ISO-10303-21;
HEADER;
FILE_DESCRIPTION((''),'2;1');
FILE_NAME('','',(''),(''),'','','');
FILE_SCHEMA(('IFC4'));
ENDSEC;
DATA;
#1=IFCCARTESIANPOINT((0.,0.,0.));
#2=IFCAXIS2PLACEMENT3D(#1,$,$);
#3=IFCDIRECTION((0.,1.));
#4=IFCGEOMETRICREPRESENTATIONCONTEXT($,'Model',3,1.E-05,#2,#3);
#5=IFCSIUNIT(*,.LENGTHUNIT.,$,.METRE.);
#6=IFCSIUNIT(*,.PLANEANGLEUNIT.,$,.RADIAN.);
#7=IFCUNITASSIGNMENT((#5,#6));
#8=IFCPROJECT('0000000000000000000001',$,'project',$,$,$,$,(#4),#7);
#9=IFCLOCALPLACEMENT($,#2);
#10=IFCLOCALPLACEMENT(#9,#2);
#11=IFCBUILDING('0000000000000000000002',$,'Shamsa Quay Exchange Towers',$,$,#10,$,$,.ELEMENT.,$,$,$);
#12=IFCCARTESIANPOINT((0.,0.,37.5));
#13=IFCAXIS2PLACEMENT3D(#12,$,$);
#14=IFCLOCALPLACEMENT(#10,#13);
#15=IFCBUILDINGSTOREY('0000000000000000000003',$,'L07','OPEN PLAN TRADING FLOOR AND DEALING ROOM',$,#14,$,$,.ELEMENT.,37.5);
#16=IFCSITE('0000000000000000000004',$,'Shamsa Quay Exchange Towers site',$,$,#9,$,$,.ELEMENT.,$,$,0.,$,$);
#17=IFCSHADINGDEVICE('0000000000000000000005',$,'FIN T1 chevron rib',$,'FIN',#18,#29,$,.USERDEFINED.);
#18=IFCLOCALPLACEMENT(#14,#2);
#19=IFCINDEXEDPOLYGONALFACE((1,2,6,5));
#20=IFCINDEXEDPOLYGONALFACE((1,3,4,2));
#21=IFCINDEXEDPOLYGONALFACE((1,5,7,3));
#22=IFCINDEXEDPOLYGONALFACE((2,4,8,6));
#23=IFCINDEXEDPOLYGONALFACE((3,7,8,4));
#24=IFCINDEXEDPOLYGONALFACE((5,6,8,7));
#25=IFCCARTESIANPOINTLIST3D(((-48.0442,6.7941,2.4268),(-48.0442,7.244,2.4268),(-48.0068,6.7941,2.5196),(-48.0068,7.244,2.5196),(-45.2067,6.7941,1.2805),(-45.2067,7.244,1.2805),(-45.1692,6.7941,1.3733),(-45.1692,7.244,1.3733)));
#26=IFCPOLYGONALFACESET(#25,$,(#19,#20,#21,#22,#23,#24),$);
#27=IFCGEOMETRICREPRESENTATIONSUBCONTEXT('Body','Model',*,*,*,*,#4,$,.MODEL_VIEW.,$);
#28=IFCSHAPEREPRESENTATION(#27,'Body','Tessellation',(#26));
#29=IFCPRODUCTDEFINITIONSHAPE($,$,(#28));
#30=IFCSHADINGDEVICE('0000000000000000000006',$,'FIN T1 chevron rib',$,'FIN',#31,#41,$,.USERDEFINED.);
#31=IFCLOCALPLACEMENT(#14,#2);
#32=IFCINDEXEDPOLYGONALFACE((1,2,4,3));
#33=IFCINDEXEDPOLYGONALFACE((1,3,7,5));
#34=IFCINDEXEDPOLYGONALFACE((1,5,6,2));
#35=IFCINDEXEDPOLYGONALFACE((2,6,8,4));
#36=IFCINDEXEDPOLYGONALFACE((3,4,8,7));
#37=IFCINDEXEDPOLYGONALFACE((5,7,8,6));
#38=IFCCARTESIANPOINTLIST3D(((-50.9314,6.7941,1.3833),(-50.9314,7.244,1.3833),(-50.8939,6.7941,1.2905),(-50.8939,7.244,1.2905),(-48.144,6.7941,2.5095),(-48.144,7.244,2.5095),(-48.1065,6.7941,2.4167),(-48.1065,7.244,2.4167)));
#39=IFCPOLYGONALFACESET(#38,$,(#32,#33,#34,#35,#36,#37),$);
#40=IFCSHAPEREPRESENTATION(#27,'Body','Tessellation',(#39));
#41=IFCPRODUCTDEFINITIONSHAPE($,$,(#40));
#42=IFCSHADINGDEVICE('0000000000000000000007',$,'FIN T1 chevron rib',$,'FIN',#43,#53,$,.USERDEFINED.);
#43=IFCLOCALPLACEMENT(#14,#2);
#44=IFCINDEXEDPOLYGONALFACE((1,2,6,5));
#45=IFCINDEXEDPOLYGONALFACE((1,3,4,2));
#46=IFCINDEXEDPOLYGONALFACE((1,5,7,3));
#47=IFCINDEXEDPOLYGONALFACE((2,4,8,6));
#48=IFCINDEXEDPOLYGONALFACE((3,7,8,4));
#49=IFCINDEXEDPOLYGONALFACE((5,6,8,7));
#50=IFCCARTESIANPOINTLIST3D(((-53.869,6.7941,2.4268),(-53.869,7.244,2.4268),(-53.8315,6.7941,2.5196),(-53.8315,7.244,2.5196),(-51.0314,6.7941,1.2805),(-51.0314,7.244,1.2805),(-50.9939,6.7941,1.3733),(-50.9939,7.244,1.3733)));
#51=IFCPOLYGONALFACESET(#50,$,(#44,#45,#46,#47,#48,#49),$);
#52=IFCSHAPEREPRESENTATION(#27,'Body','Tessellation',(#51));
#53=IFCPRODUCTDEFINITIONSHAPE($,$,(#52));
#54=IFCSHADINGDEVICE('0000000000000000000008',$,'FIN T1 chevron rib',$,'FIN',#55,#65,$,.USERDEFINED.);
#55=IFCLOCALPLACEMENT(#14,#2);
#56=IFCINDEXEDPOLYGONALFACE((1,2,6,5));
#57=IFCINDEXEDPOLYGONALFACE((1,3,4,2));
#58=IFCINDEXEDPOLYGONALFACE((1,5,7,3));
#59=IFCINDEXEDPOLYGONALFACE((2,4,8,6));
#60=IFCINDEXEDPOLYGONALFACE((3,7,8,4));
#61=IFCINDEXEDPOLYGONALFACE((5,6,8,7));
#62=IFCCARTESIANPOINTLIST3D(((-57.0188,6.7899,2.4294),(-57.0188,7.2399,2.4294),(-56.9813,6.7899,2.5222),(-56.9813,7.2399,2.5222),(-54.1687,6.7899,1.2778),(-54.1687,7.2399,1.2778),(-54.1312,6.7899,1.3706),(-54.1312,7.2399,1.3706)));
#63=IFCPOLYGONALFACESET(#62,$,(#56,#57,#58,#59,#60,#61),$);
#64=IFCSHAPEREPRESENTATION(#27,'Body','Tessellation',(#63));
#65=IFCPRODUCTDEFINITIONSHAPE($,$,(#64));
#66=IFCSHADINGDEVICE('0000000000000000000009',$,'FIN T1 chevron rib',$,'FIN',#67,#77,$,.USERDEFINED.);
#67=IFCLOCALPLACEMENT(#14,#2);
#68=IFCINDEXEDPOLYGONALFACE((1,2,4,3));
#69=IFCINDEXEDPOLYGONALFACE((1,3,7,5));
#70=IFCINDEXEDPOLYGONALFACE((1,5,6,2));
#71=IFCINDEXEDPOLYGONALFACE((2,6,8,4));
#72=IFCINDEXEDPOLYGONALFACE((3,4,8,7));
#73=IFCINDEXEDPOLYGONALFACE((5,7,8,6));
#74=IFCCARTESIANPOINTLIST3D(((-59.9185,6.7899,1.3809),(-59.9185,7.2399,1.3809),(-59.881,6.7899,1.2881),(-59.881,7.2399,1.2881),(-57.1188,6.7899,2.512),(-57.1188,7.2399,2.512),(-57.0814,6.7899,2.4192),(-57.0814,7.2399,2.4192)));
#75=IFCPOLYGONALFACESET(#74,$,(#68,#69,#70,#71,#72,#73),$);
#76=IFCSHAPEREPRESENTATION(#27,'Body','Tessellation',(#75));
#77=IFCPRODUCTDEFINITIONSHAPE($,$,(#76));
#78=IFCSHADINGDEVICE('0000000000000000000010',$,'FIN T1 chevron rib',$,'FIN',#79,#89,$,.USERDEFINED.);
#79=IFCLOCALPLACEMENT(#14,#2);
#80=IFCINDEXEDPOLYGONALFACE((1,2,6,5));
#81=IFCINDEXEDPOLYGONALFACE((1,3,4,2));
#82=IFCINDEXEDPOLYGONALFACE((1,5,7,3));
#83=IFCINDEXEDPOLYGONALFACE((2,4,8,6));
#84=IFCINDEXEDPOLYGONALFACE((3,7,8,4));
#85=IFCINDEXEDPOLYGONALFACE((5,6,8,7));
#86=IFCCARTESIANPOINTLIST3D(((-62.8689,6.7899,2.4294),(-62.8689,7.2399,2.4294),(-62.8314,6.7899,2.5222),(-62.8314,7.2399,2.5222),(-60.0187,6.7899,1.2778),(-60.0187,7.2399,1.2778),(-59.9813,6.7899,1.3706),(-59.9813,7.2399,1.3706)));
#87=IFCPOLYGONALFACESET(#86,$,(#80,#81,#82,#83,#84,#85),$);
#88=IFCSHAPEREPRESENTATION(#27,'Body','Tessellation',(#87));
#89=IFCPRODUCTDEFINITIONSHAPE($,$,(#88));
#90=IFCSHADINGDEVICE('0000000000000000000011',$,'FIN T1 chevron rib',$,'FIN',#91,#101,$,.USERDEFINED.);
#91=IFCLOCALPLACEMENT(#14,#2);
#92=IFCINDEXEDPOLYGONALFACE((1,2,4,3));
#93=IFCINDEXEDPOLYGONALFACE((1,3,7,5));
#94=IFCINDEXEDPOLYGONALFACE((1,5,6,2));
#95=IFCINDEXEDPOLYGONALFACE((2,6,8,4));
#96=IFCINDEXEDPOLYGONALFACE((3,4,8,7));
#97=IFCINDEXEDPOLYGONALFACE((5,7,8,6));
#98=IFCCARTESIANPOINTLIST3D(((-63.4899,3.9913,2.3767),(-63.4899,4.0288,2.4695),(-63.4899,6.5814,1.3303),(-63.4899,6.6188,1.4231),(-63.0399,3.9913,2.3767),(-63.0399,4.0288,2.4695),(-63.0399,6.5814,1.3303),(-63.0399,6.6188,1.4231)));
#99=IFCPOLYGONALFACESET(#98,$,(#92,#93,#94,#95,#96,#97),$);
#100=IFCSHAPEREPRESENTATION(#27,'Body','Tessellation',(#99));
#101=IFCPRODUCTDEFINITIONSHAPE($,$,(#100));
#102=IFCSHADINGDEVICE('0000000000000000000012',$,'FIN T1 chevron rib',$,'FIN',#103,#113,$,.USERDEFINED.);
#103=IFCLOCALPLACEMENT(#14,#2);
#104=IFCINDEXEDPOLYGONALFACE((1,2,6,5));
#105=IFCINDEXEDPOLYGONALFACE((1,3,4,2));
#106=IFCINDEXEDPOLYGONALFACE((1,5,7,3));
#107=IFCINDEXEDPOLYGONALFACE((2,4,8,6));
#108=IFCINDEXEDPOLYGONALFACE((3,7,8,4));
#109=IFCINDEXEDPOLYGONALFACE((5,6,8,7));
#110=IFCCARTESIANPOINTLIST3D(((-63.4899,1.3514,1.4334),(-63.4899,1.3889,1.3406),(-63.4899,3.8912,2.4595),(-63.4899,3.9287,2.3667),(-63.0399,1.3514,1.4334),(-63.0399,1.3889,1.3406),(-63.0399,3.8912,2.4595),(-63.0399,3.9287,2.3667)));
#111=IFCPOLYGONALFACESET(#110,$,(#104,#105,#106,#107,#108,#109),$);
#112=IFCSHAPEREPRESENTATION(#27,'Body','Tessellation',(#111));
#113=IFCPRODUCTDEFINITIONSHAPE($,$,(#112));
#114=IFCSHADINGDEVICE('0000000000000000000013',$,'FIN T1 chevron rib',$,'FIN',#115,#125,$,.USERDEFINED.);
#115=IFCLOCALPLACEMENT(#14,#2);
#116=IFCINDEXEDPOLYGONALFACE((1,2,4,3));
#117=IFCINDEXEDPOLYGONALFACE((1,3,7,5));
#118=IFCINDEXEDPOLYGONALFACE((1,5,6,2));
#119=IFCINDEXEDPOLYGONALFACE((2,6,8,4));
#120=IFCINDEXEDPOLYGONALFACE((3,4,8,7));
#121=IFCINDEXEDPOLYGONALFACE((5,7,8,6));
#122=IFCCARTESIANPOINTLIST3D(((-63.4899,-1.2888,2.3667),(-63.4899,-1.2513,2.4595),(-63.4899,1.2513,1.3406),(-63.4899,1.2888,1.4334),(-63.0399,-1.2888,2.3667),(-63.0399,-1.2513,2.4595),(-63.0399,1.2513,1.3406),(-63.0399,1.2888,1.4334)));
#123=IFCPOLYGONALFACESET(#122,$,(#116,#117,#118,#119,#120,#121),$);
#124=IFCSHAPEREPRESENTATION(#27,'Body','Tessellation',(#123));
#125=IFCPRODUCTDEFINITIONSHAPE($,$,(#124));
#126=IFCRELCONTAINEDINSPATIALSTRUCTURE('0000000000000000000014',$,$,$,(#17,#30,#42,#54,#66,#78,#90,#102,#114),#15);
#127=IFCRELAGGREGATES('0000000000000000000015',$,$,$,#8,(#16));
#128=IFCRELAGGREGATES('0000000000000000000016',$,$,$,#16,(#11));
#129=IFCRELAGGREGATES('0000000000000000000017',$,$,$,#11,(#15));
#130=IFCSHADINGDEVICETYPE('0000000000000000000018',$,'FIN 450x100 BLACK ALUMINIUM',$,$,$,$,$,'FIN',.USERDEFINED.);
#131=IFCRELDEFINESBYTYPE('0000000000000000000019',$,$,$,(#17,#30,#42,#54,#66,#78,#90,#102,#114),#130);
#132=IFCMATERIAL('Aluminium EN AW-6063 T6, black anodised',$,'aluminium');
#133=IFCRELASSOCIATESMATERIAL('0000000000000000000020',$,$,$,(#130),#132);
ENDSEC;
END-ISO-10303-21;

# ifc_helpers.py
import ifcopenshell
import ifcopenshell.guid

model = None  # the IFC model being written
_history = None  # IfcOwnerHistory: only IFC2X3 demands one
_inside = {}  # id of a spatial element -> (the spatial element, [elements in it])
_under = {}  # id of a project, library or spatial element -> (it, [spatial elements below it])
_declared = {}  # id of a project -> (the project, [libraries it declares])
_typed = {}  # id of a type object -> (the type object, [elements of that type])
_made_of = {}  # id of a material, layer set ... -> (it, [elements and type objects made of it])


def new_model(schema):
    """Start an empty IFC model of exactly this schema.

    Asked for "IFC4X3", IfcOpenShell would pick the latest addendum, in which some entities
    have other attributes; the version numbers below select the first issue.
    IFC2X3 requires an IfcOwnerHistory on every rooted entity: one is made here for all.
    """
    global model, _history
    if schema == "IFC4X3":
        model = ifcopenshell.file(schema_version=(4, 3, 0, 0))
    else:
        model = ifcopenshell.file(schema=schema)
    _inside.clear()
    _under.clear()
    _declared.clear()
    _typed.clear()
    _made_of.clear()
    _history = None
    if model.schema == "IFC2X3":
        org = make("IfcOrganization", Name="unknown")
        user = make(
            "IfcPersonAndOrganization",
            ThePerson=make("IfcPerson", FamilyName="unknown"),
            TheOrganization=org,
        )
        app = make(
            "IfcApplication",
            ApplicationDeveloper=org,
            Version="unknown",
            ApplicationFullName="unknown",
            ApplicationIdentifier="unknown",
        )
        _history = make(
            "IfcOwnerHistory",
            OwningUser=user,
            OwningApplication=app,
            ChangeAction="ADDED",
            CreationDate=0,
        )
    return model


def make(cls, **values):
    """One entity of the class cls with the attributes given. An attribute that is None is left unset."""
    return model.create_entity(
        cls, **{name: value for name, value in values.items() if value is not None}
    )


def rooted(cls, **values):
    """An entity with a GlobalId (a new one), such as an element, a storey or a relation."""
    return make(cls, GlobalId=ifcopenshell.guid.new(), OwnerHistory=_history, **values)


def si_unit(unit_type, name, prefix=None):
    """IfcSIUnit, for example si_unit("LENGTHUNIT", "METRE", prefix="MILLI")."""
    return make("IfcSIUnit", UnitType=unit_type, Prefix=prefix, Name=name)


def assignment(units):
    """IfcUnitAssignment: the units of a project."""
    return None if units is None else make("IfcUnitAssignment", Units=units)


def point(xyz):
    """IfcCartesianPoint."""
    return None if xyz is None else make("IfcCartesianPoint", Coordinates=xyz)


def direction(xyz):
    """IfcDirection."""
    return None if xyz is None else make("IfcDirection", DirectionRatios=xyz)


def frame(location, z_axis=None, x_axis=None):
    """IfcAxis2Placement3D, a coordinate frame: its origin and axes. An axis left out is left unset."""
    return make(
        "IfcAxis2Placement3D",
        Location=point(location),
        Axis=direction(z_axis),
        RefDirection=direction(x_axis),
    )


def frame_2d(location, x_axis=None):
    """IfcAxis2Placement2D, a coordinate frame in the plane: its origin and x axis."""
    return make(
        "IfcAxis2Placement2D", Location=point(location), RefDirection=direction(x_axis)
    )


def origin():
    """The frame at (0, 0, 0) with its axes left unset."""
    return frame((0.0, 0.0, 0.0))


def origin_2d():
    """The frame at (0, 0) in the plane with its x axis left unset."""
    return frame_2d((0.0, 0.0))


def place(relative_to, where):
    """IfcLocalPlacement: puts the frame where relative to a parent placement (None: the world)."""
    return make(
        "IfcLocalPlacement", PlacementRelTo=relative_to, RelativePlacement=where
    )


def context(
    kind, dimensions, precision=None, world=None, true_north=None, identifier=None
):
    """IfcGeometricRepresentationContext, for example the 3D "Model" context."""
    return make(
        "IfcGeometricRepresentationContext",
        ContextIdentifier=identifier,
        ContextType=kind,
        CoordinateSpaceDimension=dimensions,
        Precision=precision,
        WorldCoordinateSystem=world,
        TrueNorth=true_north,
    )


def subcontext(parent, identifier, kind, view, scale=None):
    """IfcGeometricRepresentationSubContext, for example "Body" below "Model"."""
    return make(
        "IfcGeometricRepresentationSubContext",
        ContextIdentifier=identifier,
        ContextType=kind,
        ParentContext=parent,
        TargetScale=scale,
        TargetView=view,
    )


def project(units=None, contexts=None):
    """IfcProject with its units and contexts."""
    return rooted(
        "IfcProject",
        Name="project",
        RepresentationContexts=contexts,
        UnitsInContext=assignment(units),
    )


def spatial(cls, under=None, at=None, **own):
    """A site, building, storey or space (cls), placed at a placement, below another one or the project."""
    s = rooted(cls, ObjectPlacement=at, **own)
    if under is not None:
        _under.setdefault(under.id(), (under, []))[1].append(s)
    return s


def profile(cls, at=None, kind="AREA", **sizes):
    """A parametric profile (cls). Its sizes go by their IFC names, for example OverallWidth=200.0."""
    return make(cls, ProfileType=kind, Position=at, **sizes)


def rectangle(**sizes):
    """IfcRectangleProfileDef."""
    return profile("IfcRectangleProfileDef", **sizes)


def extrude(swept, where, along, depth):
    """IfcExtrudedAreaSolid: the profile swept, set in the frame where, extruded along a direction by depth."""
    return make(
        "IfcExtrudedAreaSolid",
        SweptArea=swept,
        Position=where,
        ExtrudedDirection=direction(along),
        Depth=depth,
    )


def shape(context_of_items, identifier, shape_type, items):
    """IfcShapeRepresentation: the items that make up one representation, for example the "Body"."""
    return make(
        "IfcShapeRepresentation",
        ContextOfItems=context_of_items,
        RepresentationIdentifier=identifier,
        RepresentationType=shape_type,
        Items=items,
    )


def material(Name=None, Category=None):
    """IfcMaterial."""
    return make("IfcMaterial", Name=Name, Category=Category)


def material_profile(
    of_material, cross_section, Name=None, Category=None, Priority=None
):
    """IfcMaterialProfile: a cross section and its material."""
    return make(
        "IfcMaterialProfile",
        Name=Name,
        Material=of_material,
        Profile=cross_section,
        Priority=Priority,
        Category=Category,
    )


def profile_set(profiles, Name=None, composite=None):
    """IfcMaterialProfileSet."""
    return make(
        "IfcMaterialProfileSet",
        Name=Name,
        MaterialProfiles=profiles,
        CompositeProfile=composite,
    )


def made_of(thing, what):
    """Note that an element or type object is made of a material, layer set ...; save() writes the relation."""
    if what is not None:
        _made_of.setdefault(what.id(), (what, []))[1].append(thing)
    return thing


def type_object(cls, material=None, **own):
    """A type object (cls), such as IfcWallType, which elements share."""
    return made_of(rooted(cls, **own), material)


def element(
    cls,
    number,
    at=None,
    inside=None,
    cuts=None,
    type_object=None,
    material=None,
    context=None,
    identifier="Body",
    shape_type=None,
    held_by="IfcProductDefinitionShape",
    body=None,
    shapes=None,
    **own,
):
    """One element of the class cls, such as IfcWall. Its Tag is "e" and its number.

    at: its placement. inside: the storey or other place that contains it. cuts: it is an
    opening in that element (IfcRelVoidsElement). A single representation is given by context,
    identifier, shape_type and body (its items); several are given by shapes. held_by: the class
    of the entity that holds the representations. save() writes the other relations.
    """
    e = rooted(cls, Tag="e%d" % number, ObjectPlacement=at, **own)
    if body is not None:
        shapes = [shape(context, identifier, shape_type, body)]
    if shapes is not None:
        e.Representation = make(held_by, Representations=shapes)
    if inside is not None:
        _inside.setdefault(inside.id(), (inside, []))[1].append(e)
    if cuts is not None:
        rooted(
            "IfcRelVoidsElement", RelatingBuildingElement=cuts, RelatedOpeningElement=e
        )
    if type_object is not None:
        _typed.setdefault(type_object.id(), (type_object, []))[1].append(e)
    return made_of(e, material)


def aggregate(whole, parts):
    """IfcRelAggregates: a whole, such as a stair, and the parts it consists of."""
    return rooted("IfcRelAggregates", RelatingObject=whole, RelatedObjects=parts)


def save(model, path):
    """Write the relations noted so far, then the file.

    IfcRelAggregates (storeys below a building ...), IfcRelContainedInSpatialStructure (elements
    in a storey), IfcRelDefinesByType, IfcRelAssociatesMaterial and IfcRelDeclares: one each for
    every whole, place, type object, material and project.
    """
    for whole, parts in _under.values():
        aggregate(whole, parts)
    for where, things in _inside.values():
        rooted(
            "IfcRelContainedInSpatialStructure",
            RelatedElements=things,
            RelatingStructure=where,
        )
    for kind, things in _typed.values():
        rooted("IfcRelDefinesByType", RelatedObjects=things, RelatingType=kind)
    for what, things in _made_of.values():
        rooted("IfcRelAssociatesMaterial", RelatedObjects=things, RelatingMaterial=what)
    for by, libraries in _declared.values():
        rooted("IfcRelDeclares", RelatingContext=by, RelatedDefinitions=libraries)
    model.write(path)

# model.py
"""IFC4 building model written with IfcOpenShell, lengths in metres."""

from ifc_helpers import new_model, si_unit, direction, frame, origin, origin_2d, place, context, subcontext, project, spatial, rectangle, extrude, material, material_profile, profile_set, type_object, element, save


model = new_model("IFC4")

# Units and contexts
model_context = context("Model", 3, precision=1e-05, world=origin(), true_north=direction((0.0, 1.0)))
body_context = subcontext(model_context, "Body", "Model", "MODEL_VIEW")
ifc_project = project(units=[si_unit("LENGTHUNIT", "METRE"), si_unit("PLANEANGLEUNIT", "RADIAN")], contexts=[model_context])

# Site, building, storey
site_placement = place(None, origin())
site = spatial("IfcSite", under=ifc_project, at=site_placement, Name="Shamsa Quay Exchange Towers site", CompositionType="ELEMENT", RefElevation=0.0)
building_placement = place(site_placement, origin())
building = spatial("IfcBuilding", under=site, at=building_placement, Name="Shamsa Quay Exchange Towers", CompositionType="ELEMENT")
storey_placement = place(building_placement, frame((0.0, 0.0, 37.5)))
storey = spatial("IfcBuildingStorey", under=building, at=storey_placement, Name="L07", Description="OPEN PLAN TRADING FLOOR AND DEALING ROOM", CompositionType="ELEMENT", Elevation=37.5)

# Shared definitions
ifc_material_1 = material(Name="Aluminium EN AW-6063 T6, black anodised", Category="aluminium")

# Shading devices
ifc_material_profile_1 = material_profile(ifc_material_1, rectangle(XDim=0.45, YDim=0.1001, at=origin_2d()), Name="FIN450x100")
ifc_profile_set_1 = profile_set([ifc_material_profile_1], Name="Aluminium EN AW-6063 T6, black anodised")
shading_device_type = type_object("IfcShadingDeviceType", Name="FIN 450x100 BLACK ALUMINIUM", ElementType="FIN", PredefinedType="USERDEFINED", material=ifc_profile_set_1)
shading_device_1_placement = place(storey_placement, frame((-45.188, 7.019, 1.3269), z_axis=(-0.9272, 0.0, 0.374566), x_axis=(0.0, -1.0, 0.0)))
element("IfcShadingDevice", 1, at=shading_device_1_placement, inside=storey, type_object=shading_device_type, Name="FIN T1 chevron rib", ObjectType="FIN", PredefinedType="USERDEFINED", context=body_context, shape_type="SweptSolid", body=[
    extrude(rectangle(XDim=0.45, YDim=0.1001, at=origin_2d()), origin(), (0.0, 0.0, 1.0), 3.0603),
])
shading_device_2_placement = place(storey_placement, frame((-48.1252, 7.019, 2.4631), z_axis=(-0.927177, 0.0, -0.374623), x_axis=(0.0, -1.0, 0.0)))
element("IfcShadingDevice", 2, at=shading_device_2_placement, inside=storey, type_object=shading_device_type, Name="FIN T1 chevron rib", ObjectType="FIN", PredefinedType="USERDEFINED", context=body_context, shape_type="SweptSolid", body=[
    extrude(rectangle(XDim=0.45, YDim=0.1001, at=origin_2d()), origin(), (0.0, 0.0, 1.0), 3.0063),
])
shading_device_3_placement = place(storey_placement, frame((-51.0127, 7.019, 1.3269), z_axis=(-0.9272, 0.0, 0.374566), x_axis=(0.0, -1.0, 0.0)))
element("IfcShadingDevice", 3, at=shading_device_3_placement, inside=storey, type_object=shading_device_type, Name="FIN T1 chevron rib", ObjectType="FIN", PredefinedType="USERDEFINED", context=body_context, shape_type="SweptSolid", body=[
    extrude(rectangle(XDim=0.45, YDim=0.1001, at=origin_2d()), origin(), (0.0, 0.0, 1.0), 3.0603),
])
shading_device_4_placement = place(storey_placement, frame((-54.1499, 7.0149, 1.3242), z_axis=(-0.927173, 0.0, 0.374634), x_axis=(0.0, -1.0, 0.0)))
element("IfcShadingDevice", 4, at=shading_device_4_placement, inside=storey, type_object=shading_device_type, Name="FIN T1 chevron rib", ObjectType="FIN", PredefinedType="USERDEFINED", context=body_context, shape_type="SweptSolid", body=[
    extrude(rectangle(XDim=0.45, YDim=0.1001, at=origin_2d()), origin(), (0.0, 0.0, 1.0), 3.074),
])
shading_device_5_placement = place(storey_placement, frame((-57.1001, 7.0149, 2.4656), z_axis=(-0.927194, 0.0, -0.374581), x_axis=(0.0, -1.0, 0.0)))
element("IfcShadingDevice", 5, at=shading_device_5_placement, inside=storey, type_object=shading_device_type, Name="FIN T1 chevron rib", ObjectType="FIN", PredefinedType="USERDEFINED", context=body_context, shape_type="SweptSolid", body=[
    extrude(rectangle(XDim=0.45, YDim=0.1001, at=origin_2d()), origin(), (0.0, 0.0, 1.0), 3.0195),
])
shading_device_6_placement = place(storey_placement, frame((-60.0, 7.0149, 1.3242), z_axis=(-0.927173, 0.0, 0.374634), x_axis=(0.0, -1.0, 0.0)))
element("IfcShadingDevice", 6, at=shading_device_6_placement, inside=storey, type_object=shading_device_type, Name="FIN T1 chevron rib", ObjectType="FIN", PredefinedType="USERDEFINED", context=body_context, shape_type="SweptSolid", body=[
    extrude(rectangle(XDim=0.45, YDim=0.1001, at=origin_2d()), origin(), (0.0, 0.0, 1.0), 3.074),
])
shading_device_7_placement = place(storey_placement, frame((-63.2649, 6.6001, 1.3767), z_axis=(0.0, -0.927193, 0.374583), x_axis=(1.0, 0.0, 0.0)))
element("IfcShadingDevice", 7, at=shading_device_7_placement, inside=storey, type_object=shading_device_type, Name="FIN T1 chevron rib", ObjectType="FIN", PredefinedType="USERDEFINED", context=body_context, shape_type="SweptSolid", body=[
    extrude(rectangle(XDim=0.45, YDim=0.1001, at=origin_2d()), origin(), (0.0, 0.0, 1.0), 2.7935),
])
shading_device_8_placement = place(storey_placement, frame((-63.2649, 3.9099, 2.4131), z_axis=(0.0, -0.927186, -0.3746), x_axis=(1.0, 0.0, 0.0)))
element("IfcShadingDevice", 8, at=shading_device_8_placement, inside=storey, type_object=shading_device_type, Name="FIN T1 chevron rib", ObjectType="FIN", PredefinedType="USERDEFINED", context=body_context, shape_type="SweptSolid", body=[
    extrude(rectangle(XDim=0.45, YDim=0.1001, at=origin_2d()), origin(), (0.0, 0.0, 1.0), 2.7393),
])
shading_device_9_placement = place(storey_placement, frame((-63.2649, 1.27, 1.387), z_axis=(0.0, -0.927199, 0.374569), x_axis=(1.0, 0.0, 0.0)))
element("IfcShadingDevice", 9, at=shading_device_9_placement, inside=storey, type_object=shading_device_type, Name="FIN T1 chevron rib", ObjectType="FIN", PredefinedType="USERDEFINED", context=body_context, shape_type="SweptSolid", body=[
    extrude(rectangle(XDim=0.45, YDim=0.1001, at=origin_2d()), origin(), (0.0, 0.0, 1.0), 2.7395),
])

save(model, "model.ifc")
